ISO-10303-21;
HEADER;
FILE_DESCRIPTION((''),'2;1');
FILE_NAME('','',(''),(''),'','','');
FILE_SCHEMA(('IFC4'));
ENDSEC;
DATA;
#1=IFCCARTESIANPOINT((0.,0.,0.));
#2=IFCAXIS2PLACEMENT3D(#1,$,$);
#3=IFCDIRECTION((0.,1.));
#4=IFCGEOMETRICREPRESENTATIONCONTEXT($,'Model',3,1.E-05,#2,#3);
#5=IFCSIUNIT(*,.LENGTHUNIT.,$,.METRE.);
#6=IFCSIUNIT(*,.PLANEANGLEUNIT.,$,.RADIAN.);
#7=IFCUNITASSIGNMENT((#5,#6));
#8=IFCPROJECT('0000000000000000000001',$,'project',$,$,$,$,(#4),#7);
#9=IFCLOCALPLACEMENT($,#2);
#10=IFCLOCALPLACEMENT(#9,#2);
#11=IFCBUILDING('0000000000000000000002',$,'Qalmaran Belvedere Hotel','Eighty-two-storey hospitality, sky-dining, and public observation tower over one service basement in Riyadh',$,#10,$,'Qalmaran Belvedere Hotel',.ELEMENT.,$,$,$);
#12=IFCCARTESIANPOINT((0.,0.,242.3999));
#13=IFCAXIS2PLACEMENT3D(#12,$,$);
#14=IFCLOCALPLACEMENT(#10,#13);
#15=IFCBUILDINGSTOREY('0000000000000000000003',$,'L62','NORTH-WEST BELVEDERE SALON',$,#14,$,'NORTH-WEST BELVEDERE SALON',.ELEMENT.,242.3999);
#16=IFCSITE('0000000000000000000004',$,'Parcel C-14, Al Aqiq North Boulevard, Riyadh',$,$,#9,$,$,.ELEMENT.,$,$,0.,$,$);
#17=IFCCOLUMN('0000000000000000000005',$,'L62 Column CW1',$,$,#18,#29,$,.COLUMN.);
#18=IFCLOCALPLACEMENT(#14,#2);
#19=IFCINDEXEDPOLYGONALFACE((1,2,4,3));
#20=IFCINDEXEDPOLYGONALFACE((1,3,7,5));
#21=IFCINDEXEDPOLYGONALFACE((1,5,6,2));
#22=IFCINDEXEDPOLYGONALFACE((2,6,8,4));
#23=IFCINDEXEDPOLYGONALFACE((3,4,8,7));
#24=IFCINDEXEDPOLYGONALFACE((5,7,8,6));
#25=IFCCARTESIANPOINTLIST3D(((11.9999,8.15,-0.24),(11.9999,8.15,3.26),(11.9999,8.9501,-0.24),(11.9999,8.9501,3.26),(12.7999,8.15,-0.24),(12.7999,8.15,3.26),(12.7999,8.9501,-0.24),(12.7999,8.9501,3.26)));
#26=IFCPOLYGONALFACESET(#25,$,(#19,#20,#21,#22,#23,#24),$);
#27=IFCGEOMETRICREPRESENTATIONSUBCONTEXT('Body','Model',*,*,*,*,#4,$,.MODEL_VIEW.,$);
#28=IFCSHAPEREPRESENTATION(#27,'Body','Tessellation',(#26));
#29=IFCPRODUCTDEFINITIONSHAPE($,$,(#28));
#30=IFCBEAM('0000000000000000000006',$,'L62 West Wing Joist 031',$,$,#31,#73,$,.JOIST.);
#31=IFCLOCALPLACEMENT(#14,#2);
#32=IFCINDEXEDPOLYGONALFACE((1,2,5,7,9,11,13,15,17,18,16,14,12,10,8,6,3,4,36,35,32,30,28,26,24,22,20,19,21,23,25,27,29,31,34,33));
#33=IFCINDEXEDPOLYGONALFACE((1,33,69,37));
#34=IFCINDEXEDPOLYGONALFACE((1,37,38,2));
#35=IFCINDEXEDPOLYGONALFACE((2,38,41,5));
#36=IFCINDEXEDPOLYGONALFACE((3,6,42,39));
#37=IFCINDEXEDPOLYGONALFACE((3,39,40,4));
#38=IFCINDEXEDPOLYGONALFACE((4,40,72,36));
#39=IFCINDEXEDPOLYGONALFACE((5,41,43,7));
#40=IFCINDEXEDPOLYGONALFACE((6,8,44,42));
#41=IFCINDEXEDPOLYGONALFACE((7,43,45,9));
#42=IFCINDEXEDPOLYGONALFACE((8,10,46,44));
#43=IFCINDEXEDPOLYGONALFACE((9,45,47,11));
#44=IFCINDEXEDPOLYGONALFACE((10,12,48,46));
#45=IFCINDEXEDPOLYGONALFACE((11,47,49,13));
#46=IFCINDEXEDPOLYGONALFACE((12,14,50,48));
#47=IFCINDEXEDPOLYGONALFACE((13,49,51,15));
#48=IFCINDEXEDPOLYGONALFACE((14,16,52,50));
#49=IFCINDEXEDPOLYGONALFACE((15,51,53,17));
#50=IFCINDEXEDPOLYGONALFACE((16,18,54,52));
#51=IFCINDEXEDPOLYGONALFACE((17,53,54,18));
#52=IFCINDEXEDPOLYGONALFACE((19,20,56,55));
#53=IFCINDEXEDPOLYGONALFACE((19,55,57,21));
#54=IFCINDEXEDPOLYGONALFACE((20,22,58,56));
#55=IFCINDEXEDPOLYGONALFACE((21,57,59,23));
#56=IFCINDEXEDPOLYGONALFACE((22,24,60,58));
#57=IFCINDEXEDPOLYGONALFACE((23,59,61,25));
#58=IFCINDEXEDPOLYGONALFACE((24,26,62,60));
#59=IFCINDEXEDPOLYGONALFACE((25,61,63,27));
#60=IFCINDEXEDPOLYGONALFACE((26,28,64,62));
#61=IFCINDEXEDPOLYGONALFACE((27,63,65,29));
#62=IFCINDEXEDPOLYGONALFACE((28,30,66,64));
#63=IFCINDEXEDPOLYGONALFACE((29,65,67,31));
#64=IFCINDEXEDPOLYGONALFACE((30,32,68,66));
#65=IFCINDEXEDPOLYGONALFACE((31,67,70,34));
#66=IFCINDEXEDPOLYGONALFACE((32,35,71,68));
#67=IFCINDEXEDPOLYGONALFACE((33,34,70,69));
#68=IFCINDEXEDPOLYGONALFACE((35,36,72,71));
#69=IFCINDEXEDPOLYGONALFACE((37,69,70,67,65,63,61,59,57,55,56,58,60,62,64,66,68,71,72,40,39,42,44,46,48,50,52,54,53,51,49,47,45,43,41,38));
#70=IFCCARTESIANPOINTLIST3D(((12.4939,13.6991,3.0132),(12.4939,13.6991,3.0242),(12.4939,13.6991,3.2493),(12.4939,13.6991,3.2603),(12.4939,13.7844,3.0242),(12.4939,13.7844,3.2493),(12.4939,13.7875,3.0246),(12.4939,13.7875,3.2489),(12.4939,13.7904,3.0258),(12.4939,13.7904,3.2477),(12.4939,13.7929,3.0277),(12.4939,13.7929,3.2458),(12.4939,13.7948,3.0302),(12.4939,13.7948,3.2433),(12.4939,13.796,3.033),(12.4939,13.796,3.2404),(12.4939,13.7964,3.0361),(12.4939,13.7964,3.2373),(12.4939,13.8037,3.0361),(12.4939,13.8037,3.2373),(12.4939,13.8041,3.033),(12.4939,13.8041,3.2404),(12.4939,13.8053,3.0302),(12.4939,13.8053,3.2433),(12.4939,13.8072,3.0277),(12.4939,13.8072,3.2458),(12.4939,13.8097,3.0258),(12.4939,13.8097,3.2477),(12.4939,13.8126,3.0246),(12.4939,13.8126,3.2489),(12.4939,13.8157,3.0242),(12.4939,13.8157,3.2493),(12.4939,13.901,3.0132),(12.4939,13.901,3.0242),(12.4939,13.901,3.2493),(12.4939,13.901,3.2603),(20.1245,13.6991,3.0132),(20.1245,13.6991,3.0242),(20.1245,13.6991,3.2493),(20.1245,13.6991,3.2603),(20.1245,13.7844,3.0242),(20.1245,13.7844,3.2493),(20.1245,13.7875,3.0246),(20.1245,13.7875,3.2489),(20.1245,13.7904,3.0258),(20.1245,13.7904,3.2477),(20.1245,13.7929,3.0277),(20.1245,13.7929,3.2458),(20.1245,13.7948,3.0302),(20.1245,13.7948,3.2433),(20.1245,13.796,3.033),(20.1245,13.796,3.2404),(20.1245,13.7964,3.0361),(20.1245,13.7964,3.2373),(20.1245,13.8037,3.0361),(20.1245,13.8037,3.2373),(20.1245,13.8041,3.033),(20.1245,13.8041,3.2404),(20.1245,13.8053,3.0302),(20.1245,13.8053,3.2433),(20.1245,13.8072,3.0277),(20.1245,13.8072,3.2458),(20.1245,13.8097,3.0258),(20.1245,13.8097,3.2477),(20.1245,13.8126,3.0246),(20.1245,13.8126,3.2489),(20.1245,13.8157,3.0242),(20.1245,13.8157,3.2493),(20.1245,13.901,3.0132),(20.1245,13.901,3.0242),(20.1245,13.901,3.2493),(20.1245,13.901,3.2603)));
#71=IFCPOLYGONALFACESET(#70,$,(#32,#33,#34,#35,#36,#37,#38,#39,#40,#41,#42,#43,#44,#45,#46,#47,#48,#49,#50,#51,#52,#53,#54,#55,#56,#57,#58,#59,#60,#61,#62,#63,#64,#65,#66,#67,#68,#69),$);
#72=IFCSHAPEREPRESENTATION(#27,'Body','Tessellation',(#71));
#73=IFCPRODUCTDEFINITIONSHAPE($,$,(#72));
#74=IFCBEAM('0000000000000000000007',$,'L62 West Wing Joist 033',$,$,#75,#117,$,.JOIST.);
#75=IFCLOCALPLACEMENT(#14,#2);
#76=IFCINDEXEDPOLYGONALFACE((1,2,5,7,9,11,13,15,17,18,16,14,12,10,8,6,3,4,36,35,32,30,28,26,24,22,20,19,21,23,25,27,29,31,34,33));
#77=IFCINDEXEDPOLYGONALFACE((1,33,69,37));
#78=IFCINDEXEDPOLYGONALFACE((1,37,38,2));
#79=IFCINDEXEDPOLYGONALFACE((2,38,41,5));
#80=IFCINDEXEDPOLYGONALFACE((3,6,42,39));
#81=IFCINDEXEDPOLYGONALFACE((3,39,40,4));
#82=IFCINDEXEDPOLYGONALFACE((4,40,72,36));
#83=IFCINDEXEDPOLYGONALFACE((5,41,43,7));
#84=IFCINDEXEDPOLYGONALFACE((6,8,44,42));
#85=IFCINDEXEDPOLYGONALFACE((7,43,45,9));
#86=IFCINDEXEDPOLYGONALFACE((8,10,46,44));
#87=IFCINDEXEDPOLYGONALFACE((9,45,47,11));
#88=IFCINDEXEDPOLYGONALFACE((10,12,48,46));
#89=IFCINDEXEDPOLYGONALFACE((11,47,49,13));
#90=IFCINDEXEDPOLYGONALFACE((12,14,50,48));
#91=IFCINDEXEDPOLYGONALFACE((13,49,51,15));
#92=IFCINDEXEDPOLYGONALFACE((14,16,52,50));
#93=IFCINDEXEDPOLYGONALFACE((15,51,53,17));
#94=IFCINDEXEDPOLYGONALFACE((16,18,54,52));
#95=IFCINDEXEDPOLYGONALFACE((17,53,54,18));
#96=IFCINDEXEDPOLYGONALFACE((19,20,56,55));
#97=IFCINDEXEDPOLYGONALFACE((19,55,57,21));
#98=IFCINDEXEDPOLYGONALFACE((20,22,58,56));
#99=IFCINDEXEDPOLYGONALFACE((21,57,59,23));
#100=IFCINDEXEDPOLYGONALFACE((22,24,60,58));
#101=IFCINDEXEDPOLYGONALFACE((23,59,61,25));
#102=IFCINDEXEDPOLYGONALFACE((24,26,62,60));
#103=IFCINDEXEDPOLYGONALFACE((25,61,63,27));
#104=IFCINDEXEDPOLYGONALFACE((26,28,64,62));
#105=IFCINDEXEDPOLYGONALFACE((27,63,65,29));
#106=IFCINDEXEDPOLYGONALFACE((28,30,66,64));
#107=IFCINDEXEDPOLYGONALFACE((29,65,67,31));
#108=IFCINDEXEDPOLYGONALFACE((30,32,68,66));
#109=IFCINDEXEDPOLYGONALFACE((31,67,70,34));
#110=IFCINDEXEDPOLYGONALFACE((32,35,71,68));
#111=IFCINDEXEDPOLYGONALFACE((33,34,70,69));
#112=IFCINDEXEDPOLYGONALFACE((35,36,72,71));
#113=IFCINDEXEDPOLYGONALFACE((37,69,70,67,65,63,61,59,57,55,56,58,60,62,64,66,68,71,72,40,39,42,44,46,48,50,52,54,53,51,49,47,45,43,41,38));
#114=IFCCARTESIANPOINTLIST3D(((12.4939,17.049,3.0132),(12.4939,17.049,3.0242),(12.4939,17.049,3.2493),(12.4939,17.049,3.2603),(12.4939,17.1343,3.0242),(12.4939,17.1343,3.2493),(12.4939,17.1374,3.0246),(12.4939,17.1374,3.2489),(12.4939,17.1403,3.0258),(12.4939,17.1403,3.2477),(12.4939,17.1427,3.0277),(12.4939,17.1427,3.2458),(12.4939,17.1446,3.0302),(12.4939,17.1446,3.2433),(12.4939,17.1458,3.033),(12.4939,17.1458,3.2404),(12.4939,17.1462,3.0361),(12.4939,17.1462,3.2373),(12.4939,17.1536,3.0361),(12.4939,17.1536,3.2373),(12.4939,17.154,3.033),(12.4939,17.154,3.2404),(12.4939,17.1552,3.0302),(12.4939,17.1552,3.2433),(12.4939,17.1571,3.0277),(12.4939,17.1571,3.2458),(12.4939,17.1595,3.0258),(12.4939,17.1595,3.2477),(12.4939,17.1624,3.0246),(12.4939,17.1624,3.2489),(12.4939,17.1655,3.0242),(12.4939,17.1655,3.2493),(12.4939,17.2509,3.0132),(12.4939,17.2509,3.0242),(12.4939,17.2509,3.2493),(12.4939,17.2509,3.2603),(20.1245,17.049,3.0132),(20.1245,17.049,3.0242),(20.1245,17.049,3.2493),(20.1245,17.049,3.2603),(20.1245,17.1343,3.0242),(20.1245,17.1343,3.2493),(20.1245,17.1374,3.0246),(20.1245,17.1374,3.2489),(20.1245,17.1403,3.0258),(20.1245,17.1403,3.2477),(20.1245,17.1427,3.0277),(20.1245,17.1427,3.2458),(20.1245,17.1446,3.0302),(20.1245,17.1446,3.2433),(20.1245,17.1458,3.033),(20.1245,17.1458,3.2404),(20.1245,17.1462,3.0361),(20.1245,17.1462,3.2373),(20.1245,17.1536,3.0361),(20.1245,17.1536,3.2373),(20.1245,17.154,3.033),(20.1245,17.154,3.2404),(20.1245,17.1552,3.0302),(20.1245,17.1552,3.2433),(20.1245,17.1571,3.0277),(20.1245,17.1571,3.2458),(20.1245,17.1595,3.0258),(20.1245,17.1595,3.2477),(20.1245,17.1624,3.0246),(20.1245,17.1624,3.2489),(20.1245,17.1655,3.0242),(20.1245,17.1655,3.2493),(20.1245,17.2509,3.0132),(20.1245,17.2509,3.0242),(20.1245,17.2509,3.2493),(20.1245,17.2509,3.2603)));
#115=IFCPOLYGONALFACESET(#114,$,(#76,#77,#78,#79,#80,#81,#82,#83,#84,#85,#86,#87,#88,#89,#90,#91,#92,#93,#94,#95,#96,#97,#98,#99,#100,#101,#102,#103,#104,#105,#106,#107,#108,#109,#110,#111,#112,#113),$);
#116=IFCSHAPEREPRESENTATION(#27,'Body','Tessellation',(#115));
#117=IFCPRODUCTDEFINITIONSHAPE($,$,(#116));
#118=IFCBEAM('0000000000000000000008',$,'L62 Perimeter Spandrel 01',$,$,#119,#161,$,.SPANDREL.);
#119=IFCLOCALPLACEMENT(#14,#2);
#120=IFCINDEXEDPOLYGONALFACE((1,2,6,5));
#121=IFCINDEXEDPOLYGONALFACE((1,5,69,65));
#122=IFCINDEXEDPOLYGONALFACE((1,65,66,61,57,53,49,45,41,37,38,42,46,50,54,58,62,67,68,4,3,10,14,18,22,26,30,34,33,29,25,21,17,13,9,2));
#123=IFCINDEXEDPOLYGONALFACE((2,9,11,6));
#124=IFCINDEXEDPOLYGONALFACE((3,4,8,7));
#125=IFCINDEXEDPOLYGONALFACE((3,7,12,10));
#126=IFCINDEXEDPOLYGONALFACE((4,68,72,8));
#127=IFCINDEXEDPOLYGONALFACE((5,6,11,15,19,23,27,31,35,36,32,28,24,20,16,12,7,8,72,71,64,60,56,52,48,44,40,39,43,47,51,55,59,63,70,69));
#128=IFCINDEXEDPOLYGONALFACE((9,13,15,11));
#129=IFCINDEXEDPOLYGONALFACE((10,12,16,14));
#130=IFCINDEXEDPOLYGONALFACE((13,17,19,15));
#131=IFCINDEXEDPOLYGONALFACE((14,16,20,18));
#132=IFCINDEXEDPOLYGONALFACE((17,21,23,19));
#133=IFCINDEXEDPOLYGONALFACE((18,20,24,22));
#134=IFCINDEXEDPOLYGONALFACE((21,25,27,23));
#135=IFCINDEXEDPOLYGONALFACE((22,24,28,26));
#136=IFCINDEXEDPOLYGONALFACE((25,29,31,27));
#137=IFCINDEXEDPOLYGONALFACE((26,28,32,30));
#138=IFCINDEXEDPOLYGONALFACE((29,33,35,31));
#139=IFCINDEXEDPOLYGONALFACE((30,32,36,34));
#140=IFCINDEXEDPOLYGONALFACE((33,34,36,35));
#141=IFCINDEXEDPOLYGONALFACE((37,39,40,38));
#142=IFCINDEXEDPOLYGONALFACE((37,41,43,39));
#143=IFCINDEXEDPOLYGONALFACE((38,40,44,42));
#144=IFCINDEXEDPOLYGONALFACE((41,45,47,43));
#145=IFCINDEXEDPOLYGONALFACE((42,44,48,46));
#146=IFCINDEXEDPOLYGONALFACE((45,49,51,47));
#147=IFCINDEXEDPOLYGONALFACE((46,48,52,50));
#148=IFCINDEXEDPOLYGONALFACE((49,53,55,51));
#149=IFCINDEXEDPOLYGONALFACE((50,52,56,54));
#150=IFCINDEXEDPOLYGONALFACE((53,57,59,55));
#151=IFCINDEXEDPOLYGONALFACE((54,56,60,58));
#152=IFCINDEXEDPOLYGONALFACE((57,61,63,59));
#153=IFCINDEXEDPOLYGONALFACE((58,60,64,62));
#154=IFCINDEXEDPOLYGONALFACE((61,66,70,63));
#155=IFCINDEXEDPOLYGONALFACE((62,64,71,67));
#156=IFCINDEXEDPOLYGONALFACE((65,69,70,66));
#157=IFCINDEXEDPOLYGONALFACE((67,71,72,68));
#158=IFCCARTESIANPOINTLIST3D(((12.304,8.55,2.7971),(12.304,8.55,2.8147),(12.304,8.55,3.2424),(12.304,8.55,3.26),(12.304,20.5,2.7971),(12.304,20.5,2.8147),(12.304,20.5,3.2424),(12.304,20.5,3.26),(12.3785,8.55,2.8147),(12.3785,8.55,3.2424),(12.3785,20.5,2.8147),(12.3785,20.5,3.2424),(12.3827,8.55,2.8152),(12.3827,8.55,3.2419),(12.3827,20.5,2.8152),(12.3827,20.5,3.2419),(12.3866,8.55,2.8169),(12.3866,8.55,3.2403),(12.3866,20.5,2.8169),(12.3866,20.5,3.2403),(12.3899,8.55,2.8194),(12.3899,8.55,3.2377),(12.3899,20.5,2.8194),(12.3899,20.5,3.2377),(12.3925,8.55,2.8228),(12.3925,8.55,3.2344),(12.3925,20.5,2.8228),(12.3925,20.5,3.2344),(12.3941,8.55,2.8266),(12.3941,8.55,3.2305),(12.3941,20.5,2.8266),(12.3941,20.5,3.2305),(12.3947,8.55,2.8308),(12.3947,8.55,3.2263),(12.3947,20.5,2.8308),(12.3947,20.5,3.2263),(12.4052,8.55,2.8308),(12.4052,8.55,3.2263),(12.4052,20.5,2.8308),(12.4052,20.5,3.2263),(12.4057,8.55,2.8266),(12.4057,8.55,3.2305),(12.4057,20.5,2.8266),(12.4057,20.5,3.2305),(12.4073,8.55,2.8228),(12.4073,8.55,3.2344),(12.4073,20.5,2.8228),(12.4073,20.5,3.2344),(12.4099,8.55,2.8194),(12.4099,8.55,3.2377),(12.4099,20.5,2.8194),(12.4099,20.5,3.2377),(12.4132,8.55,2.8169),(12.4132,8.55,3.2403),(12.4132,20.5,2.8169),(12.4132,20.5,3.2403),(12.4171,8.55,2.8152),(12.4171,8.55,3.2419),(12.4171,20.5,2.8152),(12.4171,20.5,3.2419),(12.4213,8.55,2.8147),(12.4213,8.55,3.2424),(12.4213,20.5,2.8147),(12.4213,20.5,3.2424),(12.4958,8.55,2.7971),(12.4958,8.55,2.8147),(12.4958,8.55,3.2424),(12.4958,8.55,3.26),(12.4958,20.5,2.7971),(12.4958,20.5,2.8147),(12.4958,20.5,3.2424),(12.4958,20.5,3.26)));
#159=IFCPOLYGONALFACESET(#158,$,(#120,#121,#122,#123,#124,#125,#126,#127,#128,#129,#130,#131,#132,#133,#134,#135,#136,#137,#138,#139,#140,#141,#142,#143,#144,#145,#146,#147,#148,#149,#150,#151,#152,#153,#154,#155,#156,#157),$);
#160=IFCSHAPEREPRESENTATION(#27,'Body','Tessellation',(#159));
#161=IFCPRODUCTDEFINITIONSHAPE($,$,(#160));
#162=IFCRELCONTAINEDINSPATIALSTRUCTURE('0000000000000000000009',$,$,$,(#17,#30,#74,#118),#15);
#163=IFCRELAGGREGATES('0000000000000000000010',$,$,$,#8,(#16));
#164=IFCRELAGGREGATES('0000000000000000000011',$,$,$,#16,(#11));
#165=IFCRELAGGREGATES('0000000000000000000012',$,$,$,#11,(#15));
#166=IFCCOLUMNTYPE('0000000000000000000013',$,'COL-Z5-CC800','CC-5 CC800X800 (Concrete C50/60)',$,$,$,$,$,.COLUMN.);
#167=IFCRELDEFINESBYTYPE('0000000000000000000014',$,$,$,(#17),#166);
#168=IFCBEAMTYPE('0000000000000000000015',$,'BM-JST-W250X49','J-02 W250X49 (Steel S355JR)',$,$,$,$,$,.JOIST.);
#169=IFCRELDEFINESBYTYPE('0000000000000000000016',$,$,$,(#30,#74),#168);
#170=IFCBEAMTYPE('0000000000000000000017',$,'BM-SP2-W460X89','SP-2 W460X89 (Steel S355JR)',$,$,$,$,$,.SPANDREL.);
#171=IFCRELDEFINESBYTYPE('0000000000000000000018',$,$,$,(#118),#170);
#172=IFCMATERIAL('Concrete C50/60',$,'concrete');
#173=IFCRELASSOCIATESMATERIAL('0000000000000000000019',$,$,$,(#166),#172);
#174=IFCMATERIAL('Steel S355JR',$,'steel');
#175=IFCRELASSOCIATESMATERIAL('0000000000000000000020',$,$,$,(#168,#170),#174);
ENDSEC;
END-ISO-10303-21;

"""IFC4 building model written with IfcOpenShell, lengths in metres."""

from ifc_helpers import new_model, si_unit, direction, frame, origin, origin_2d, place, context, subcontext, project, spatial, rectangle, i_section, extrude, material, material_profile, profile_set, type_object, element, save


model = new_model("IFC4")

# Units and contexts
model_context = context("Model", 3, precision=1e-05, world=origin(), true_north=direction((0.0, 1.0)))
body_context = subcontext(model_context, "Body", "Model", "MODEL_VIEW")
ifc_project = project(units=[si_unit("LENGTHUNIT", "METRE"), si_unit("PLANEANGLEUNIT", "RADIAN")], contexts=[model_context])

# Site, building, storey
site_placement = place(None, origin())
site = spatial("IfcSite", under=ifc_project, at=site_placement, Name="Parcel C-14, Al Aqiq North Boulevard, Riyadh", CompositionType="ELEMENT", RefElevation=0.0)
building_placement = place(site_placement, origin())
building = spatial("IfcBuilding", under=site, at=building_placement, Name="Qalmaran Belvedere Hotel", Description="Eighty-two-storey hospitality, sky-dining, and public observation tower over one service basement in Riyadh", LongName="Qalmaran Belvedere Hotel", CompositionType="ELEMENT")
storey_placement = place(building_placement, frame((0.0, 0.0, 242.3999)))
storey = spatial("IfcBuildingStorey", under=building, at=storey_placement, Name="L62", Description="NORTH-WEST BELVEDERE SALON", LongName="NORTH-WEST BELVEDERE SALON", CompositionType="ELEMENT", Elevation=242.3999)

# Column
ifc_material_1 = material(Name="Concrete C50/60", Category="concrete")
ifc_material_profile_1 = material_profile(ifc_material_1, rectangle(XDim=0.8, YDim=0.8, at=origin_2d()), Name="CC800X800")
ifc_profile_set_1 = profile_set([ifc_material_profile_1], Name="Concrete C50/60")
column_type = type_object("IfcColumnType", Name="COL-Z5-CC800", Description="CC-5 CC800X800 (Concrete C50/60)", PredefinedType="COLUMN", material=ifc_profile_set_1)
column_placement = place(storey_placement, frame((12.3999, 8.55, -0.24), z_axis=(0.0, 0.0, 1.0), x_axis=(1.0, 0.0, 0.0)))
element("IfcColumn", 1, at=column_placement, inside=storey, type_object=column_type, Name="L62 Column CW1", PredefinedType="COLUMN", context=body_context, shape_type="SweptSolid", body=[
    extrude(rectangle(XDim=0.8, YDim=0.8, at=origin_2d()), origin(), (0.0, 0.0, 1.0), 3.5),
])

# Beams
ifc_material_2 = material(Name="Steel S355JR", Category="steel")
ifc_material_profile_2 = material_profile(ifc_material_2, i_section(OverallWidth=0.2019, OverallDepth=0.2471, WebThickness=0.0073, FlangeThickness=0.011, FilletRadius=0.012, at=origin_2d()), Name="W250X49")
ifc_profile_set_2 = profile_set([ifc_material_profile_2], Name="Steel S355JR")
beam_type_1 = type_object("IfcBeamType", Name="BM-JST-W250X49", Description="J-02 W250X49 (Steel S355JR)", PredefinedType="JOIST", material=ifc_profile_set_2)
for number, where, z_axis, x_axis, name in (
    (2, (12.4939, 13.8, 3.1367), (1.0, 0.0, 0.0), (0.0, 1.0, 0.0), "L62 West Wing Joist 031"),
    (3, (12.4939, 17.1499, 3.1367), (1.0, 0.0, 0.0), (0.0, 1.0, 0.0), "L62 West Wing Joist 033"),
):
    element("IfcBeam", number, at=place(storey_placement, frame(where, z_axis=z_axis, x_axis=x_axis)), inside=storey, type_object=beam_type_1, Name=name, PredefinedType="JOIST", context=body_context, shape_type="SweptSolid", body=[
        extrude(i_section(OverallWidth=0.2019, OverallDepth=0.2471, WebThickness=0.0073, FlangeThickness=0.011, FilletRadius=0.012, at=origin_2d()), origin(), (0.0, 0.0, 1.0), 7.6306),
    ])
ifc_material_profile_3 = material_profile(ifc_material_2, i_section(OverallWidth=0.1919, OverallDepth=0.4629, WebThickness=0.0105, FlangeThickness=0.0176, FilletRadius=0.0161, at=origin_2d()), Name="W460X89")
ifc_profile_set_3 = profile_set([ifc_material_profile_3], Name="Steel S355JR")
beam_type_2 = type_object("IfcBeamType", Name="BM-SP2-W460X89", Description="SP-2 W460X89 (Steel S355JR)", PredefinedType="SPANDREL", material=ifc_profile_set_3)
beam_1_placement = place(storey_placement, frame((12.3999, 8.55, 3.0286), z_axis=(0.0, 1.0, 0.0), x_axis=(-1.0, 0.0, 0.0)))
element("IfcBeam", 4, at=beam_1_placement, inside=storey, type_object=beam_type_2, Name="L62 Perimeter Spandrel 01", PredefinedType="SPANDREL", context=body_context, shape_type="SweptSolid", body=[
    extrude(i_section(OverallWidth=0.1919, OverallDepth=0.4629, WebThickness=0.0105, FlangeThickness=0.0176, FilletRadius=0.0161, at=origin_2d()), origin(), (0.0, 0.0, 1.0), 11.95),
])

save(model, "model.ifc")
